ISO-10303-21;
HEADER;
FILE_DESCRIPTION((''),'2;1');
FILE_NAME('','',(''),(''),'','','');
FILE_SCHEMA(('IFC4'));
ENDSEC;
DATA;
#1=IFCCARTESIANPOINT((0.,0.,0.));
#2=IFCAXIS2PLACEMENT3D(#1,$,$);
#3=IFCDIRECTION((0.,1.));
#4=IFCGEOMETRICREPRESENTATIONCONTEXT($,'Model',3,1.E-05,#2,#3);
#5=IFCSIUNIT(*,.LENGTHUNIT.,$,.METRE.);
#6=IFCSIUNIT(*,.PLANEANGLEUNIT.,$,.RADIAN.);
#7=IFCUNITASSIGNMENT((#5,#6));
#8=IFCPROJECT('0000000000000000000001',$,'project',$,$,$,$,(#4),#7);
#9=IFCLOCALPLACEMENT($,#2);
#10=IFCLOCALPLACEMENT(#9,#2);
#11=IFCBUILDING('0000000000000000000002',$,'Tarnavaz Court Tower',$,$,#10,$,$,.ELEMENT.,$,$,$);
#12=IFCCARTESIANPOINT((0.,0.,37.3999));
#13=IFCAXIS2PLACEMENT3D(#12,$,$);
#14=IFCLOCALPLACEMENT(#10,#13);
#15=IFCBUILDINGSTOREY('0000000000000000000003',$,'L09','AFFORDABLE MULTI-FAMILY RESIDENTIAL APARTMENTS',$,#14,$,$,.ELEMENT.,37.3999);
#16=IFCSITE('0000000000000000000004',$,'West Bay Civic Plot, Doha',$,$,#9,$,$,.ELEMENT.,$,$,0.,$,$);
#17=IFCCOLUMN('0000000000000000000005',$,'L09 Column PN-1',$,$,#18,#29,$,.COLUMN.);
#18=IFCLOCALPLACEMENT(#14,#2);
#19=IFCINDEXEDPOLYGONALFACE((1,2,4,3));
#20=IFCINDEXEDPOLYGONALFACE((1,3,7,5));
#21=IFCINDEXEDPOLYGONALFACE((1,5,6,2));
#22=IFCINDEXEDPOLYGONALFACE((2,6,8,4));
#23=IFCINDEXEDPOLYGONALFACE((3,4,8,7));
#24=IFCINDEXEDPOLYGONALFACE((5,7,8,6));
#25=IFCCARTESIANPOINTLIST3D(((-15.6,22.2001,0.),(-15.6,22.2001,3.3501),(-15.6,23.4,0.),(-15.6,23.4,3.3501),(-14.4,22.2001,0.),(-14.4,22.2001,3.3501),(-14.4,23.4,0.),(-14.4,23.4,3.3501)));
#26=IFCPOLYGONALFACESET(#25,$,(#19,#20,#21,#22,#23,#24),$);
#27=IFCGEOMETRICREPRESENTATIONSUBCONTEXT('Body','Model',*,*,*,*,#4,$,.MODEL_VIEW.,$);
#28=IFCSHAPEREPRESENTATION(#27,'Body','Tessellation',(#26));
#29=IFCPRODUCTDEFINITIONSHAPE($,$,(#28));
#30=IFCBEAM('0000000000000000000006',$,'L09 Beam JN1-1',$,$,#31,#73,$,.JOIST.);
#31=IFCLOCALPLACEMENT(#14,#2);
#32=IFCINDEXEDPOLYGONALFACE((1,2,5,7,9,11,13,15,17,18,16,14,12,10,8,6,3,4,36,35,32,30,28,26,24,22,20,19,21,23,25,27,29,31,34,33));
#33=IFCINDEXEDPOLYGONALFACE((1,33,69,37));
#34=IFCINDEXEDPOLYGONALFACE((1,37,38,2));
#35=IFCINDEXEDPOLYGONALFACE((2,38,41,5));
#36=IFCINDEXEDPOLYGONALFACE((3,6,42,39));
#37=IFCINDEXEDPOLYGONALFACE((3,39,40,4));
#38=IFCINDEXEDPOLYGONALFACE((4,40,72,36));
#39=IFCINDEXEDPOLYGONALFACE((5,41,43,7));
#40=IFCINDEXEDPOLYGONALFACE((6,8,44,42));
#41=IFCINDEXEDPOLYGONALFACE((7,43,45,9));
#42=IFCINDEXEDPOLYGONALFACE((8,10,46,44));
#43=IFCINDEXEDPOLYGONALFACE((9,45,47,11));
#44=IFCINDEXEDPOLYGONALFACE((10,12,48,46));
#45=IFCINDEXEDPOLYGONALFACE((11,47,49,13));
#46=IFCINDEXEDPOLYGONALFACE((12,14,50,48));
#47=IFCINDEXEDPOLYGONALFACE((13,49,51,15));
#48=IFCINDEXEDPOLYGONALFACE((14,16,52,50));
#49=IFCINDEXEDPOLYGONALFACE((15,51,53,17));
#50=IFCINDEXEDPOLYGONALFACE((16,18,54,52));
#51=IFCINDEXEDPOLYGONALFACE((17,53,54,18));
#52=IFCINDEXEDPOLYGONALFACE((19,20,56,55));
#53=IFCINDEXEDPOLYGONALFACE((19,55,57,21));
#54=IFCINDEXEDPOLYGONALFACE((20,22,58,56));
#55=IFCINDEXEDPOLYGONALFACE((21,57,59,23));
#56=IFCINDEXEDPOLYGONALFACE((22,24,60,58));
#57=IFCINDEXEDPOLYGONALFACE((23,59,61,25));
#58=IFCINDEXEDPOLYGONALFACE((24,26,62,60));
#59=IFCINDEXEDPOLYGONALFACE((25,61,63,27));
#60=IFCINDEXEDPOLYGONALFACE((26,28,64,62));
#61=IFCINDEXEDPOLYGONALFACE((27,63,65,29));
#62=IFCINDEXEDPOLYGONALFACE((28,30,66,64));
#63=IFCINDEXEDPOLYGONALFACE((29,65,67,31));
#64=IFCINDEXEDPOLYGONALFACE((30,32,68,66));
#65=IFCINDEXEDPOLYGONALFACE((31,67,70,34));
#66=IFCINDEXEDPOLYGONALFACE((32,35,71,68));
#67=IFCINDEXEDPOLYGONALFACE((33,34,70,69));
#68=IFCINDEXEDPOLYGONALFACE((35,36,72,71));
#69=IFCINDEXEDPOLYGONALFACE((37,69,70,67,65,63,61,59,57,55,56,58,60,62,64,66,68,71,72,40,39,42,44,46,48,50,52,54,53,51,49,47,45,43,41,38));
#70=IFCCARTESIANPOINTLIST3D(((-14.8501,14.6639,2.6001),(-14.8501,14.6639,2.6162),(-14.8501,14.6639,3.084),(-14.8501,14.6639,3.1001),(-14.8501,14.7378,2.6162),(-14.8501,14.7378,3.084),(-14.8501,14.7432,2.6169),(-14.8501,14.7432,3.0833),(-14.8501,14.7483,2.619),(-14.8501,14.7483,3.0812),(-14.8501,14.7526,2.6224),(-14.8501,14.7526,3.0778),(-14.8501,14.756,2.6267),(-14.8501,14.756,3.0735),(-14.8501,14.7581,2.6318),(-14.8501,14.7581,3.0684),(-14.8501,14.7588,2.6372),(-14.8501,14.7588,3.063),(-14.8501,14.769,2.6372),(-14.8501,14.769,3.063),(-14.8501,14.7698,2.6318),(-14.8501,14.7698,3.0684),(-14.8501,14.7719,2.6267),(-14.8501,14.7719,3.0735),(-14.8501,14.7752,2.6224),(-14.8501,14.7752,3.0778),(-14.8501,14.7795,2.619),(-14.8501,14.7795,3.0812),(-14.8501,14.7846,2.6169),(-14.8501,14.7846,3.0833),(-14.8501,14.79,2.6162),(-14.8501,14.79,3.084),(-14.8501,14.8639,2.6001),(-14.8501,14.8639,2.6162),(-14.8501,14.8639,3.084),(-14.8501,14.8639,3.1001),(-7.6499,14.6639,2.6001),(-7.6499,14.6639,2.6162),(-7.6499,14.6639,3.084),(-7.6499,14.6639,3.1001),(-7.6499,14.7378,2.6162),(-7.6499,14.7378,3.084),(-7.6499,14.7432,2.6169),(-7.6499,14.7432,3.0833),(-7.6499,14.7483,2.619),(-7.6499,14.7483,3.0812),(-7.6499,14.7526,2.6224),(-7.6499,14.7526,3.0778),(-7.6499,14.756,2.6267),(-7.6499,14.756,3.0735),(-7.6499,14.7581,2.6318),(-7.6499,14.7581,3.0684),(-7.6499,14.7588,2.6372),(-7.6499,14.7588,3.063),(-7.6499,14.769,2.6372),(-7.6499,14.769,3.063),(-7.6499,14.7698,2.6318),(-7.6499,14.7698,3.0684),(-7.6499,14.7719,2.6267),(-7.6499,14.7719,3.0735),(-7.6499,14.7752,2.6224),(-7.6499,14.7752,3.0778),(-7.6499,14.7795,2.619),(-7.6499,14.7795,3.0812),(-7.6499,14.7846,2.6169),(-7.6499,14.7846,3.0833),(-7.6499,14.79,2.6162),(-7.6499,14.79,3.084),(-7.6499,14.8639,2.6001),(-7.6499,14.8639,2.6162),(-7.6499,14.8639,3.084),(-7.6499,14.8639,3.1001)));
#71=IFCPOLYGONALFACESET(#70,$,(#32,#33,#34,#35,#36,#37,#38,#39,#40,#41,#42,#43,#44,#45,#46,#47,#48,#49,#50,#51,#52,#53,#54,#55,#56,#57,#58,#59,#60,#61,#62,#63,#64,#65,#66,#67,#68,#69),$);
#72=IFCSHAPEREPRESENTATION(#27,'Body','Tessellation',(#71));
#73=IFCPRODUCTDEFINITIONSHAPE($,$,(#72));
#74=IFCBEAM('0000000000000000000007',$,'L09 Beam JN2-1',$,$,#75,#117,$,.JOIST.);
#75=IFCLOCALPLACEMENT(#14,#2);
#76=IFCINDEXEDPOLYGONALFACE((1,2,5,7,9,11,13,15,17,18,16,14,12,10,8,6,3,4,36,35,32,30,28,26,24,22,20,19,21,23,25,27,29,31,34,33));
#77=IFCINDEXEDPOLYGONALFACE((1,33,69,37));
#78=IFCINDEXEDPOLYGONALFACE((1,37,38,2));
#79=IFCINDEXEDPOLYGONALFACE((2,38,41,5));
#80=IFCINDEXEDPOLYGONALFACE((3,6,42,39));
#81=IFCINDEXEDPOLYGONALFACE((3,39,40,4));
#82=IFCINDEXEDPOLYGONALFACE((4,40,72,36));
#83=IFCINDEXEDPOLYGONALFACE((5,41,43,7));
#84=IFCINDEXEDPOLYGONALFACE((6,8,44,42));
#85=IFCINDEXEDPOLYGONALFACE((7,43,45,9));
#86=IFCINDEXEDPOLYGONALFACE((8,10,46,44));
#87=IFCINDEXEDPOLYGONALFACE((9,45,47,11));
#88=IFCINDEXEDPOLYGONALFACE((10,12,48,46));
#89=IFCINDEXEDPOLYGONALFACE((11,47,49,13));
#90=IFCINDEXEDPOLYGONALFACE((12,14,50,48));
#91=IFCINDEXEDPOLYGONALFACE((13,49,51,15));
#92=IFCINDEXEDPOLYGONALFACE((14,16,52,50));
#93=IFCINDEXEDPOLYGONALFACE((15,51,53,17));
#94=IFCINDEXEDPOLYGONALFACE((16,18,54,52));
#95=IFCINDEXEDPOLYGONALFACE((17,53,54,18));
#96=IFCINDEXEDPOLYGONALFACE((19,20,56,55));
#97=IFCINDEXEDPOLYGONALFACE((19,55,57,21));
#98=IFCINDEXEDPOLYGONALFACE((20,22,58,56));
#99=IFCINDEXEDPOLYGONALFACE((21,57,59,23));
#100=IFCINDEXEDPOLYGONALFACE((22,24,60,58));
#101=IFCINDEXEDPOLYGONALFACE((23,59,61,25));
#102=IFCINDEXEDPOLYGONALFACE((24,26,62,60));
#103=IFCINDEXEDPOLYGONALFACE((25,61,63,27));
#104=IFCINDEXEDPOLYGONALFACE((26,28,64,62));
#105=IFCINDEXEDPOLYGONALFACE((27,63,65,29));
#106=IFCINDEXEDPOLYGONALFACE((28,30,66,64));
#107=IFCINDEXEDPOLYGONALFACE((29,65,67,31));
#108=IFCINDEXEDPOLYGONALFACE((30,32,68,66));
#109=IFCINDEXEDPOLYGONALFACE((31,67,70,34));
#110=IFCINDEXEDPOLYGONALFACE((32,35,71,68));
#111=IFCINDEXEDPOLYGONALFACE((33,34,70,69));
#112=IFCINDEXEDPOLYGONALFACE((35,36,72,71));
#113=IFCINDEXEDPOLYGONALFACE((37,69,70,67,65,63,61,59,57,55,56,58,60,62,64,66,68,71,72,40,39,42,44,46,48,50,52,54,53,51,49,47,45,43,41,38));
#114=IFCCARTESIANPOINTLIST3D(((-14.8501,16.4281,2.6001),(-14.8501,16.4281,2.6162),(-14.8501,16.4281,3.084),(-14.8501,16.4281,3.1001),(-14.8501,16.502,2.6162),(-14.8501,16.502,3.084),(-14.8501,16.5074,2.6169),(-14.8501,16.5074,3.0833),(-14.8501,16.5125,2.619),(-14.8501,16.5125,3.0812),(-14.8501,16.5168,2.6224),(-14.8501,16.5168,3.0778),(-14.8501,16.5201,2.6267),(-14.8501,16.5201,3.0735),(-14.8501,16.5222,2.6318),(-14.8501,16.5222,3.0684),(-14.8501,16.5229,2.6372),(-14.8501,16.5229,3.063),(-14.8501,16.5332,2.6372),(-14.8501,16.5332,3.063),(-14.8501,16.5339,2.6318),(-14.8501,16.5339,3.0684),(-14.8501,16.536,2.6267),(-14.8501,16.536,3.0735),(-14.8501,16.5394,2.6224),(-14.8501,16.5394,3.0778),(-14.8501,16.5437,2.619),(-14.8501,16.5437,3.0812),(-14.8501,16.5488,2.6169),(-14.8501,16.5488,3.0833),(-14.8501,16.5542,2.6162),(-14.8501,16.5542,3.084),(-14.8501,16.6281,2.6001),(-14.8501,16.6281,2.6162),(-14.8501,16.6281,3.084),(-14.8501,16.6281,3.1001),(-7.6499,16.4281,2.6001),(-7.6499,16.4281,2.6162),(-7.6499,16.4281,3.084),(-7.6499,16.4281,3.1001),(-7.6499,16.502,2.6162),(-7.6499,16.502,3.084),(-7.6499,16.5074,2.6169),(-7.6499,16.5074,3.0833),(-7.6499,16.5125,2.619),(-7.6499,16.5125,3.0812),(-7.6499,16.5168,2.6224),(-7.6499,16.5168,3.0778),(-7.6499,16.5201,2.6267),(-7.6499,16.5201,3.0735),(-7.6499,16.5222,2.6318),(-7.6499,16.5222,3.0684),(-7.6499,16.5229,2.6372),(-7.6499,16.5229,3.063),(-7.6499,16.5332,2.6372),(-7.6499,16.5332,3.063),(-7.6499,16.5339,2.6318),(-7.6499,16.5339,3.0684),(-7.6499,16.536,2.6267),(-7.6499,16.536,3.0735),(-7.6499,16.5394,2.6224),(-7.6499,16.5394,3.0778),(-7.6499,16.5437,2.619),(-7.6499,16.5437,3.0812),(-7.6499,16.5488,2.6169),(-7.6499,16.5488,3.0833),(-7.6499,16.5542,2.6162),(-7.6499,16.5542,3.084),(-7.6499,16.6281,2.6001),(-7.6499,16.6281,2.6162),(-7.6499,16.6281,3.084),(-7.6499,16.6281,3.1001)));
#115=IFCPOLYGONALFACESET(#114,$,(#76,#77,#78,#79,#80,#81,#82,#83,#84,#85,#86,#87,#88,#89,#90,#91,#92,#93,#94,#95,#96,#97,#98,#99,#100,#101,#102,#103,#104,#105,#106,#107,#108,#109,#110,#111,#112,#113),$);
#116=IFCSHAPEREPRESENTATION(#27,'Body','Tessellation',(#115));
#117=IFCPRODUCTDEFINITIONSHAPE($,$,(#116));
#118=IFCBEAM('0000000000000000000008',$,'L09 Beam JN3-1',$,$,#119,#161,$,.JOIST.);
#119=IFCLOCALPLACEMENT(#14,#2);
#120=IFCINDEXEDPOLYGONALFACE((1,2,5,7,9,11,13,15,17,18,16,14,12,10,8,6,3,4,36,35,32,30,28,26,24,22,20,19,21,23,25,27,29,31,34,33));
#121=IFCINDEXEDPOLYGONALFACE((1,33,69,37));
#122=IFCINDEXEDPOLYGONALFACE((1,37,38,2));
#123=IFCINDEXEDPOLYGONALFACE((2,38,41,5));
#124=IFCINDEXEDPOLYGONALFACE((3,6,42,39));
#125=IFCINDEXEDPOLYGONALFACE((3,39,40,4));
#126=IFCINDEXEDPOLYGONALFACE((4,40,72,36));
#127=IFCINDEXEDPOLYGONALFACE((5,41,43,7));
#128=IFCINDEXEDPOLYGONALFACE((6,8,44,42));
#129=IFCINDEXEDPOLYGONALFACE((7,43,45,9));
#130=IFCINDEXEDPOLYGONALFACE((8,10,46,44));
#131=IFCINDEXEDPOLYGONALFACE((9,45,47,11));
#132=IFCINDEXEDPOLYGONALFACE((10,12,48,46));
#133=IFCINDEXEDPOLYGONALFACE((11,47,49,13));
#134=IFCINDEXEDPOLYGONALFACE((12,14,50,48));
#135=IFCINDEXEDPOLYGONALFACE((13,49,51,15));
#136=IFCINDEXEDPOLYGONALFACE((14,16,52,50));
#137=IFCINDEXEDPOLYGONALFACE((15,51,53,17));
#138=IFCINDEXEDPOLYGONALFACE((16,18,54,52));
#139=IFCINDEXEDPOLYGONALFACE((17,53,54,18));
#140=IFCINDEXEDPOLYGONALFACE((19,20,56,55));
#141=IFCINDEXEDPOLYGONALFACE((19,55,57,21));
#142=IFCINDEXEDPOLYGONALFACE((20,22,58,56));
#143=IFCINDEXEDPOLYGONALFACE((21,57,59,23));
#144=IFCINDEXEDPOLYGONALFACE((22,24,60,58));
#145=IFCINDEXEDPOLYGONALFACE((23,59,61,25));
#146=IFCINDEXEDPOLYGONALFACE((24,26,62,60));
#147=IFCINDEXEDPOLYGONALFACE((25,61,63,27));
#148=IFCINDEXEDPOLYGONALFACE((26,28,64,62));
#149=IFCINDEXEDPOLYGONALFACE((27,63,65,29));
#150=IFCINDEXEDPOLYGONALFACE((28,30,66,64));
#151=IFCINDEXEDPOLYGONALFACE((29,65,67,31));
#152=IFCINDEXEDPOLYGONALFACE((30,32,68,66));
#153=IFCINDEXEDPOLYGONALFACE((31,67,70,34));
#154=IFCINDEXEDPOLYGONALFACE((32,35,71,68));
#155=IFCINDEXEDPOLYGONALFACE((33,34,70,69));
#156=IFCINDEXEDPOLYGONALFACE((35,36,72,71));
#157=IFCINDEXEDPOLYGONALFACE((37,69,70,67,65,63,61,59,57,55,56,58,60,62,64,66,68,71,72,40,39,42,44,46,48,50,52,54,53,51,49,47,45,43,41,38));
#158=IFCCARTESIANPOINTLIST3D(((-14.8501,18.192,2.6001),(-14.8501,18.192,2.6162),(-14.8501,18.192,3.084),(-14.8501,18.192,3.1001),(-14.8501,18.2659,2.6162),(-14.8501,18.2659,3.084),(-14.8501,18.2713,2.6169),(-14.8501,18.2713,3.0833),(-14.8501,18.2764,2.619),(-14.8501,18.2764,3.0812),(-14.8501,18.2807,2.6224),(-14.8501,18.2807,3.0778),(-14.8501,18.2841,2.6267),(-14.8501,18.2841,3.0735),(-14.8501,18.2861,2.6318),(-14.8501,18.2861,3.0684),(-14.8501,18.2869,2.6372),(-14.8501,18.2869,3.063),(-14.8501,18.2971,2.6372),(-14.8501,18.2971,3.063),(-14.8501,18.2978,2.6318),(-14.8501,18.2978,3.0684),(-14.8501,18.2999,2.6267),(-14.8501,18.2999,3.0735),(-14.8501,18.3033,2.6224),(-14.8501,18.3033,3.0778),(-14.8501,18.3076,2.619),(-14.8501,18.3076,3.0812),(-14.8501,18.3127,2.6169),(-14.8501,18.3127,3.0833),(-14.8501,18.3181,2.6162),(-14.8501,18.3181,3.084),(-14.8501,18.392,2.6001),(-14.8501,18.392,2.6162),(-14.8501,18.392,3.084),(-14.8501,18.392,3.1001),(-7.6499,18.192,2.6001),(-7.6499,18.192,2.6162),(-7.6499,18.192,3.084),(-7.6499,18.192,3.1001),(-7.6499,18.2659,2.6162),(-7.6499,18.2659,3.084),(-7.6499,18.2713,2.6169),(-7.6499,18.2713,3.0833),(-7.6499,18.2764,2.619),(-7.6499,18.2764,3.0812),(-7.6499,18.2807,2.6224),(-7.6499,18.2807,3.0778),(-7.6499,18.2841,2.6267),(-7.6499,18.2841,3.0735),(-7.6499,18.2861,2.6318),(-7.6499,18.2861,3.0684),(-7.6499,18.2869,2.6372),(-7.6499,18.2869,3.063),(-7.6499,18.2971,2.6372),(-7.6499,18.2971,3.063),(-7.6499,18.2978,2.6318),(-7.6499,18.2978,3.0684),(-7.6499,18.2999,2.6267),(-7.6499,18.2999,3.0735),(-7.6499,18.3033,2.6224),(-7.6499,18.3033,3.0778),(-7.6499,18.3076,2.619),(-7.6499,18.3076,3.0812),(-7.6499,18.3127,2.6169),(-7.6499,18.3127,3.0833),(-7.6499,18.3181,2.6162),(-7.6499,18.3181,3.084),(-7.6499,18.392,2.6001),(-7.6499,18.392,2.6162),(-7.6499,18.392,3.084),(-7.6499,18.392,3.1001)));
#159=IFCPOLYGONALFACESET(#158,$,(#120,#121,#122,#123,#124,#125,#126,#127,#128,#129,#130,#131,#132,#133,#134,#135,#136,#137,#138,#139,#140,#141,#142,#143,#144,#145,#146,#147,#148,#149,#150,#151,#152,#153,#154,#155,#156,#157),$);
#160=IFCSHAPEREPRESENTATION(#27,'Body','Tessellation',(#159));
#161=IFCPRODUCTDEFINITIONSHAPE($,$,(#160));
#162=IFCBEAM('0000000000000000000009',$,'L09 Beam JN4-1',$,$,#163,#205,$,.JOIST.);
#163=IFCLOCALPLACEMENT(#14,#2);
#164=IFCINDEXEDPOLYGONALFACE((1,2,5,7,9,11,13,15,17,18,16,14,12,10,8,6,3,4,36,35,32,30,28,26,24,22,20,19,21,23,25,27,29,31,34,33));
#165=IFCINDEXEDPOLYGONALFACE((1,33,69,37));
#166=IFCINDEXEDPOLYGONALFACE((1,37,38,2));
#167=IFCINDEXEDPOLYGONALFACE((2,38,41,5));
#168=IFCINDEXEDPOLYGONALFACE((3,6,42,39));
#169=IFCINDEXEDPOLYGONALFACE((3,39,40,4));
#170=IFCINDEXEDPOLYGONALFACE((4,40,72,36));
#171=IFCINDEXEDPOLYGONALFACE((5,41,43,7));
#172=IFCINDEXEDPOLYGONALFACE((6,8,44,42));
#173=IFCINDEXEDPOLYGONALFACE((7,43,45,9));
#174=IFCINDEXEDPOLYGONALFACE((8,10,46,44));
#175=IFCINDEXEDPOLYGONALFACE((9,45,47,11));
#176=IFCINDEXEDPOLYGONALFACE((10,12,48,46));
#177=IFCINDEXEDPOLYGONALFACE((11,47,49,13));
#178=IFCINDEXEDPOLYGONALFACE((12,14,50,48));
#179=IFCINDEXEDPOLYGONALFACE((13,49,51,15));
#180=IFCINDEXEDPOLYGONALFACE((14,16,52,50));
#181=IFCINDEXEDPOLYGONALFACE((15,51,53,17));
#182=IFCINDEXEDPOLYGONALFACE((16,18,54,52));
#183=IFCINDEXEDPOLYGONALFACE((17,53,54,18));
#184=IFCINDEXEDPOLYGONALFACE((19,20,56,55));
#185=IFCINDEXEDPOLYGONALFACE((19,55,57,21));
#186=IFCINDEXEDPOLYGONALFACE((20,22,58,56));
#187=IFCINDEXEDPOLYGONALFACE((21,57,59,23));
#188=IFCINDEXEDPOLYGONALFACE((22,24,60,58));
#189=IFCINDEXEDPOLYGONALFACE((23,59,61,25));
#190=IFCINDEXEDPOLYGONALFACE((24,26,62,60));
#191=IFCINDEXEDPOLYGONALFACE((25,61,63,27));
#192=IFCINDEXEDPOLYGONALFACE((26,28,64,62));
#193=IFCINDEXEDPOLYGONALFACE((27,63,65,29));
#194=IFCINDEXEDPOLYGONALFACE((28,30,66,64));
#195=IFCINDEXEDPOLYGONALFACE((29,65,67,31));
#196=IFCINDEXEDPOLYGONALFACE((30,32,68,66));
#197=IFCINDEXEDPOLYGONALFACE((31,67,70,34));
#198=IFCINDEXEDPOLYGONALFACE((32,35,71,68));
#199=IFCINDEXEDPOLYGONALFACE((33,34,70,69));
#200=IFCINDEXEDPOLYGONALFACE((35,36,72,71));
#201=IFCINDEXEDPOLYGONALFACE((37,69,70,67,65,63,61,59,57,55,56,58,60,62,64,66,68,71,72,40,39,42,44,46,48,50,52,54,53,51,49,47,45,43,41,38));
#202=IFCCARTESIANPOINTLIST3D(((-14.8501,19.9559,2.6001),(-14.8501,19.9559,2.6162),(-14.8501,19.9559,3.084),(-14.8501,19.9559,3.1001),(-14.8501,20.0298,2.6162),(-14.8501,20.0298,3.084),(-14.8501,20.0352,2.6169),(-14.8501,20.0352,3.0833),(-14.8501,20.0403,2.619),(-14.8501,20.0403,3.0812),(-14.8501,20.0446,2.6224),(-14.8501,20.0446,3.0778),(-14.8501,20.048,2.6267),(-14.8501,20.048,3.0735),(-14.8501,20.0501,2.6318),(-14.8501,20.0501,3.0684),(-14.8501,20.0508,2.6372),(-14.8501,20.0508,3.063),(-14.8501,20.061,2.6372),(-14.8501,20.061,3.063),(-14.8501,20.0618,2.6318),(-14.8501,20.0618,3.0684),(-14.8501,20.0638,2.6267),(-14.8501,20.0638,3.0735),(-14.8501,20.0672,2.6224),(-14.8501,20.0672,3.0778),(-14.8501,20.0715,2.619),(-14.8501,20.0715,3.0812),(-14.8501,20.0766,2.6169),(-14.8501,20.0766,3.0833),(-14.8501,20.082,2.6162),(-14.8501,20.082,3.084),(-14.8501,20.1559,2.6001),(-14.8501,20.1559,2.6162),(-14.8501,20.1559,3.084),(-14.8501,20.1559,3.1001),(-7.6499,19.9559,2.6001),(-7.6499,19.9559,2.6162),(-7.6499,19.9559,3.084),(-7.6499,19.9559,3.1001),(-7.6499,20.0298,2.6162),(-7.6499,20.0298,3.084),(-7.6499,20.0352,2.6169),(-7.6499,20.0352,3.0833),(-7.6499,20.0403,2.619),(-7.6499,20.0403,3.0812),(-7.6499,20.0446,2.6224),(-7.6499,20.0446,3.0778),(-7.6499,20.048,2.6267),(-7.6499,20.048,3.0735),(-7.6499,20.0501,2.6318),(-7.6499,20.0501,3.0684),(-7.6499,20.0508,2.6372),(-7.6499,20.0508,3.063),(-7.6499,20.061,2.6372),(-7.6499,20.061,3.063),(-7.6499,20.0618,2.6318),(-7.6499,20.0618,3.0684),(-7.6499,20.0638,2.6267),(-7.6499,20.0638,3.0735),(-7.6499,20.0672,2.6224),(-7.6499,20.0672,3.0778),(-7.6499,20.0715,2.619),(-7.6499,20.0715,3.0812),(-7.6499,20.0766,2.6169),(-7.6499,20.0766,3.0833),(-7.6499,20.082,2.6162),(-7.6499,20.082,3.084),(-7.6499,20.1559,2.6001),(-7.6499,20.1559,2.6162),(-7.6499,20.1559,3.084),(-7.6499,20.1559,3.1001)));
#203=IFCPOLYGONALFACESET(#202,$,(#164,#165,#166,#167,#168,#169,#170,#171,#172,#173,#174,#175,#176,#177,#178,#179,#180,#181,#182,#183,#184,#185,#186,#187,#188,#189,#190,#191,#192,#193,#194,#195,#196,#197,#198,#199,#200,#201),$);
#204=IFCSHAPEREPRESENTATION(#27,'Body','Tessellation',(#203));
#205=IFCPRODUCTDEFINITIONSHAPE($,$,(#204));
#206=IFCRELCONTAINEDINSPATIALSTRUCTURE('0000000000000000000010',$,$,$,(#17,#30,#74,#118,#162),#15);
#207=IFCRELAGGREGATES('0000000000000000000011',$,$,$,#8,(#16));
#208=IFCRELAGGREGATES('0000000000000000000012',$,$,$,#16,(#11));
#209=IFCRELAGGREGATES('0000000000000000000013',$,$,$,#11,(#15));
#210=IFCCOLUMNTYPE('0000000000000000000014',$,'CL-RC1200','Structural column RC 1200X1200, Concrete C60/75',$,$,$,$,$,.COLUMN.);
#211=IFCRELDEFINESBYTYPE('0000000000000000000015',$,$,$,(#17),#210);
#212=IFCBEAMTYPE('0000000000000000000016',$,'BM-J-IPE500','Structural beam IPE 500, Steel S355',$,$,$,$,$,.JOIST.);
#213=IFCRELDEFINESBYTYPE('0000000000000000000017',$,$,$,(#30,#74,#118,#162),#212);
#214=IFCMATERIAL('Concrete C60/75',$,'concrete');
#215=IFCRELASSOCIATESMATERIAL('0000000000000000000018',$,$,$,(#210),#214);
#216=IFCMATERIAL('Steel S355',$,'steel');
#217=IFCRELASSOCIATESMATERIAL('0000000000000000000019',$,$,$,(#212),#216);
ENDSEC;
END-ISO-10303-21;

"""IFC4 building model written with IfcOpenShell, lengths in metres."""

from ifc_helpers import new_model, si_unit, direction, frame, origin, origin_2d, place, context, subcontext, project, spatial, rectangle, i_section, extrude, material, material_profile, profile_set, type_object, element, save


model = new_model("IFC4")

# Units and contexts
model_context = context("Model", 3, precision=1e-05, world=origin(), true_north=direction((0.0, 1.0)))
body_context = subcontext(model_context, "Body", "Model", "MODEL_VIEW")
ifc_project = project(units=[si_unit("LENGTHUNIT", "METRE"), si_unit("PLANEANGLEUNIT", "RADIAN")], contexts=[model_context])

# Site, building, storey
site_placement = place(None, origin())
site = spatial("IfcSite", under=ifc_project, at=site_placement, Name="West Bay Civic Plot, Doha", CompositionType="ELEMENT", RefElevation=0.0)
building_placement = place(site_placement, origin())
building = spatial("IfcBuilding", under=site, at=building_placement, Name="Tarnavaz Court Tower", CompositionType="ELEMENT")
storey_placement = place(building_placement, frame((0.0, 0.0, 37.3999)))
storey = spatial("IfcBuildingStorey", under=building, at=storey_placement, Name="L09", Description="AFFORDABLE MULTI-FAMILY RESIDENTIAL APARTMENTS", CompositionType="ELEMENT", Elevation=37.3999)

# Column
ifc_material_1 = material(Name="Concrete C60/75", Category="concrete")
ifc_material_profile_1 = material_profile(ifc_material_1, rectangle(XDim=1.2, YDim=1.2, at=origin_2d()), Name="RC 1200X1200")
ifc_profile_set_1 = profile_set([ifc_material_profile_1], Name="Concrete C60/75")
column_type = type_object("IfcColumnType", Name="CL-RC1200", Description="Structural column RC 1200X1200, Concrete C60/75", PredefinedType="COLUMN", material=ifc_profile_set_1)
column_placement = place(storey_placement, frame((-15.0, 22.8, 0.0), z_axis=(0.0, 0.0, 1.0), x_axis=(1.0, 0.0, 0.0)))
element("IfcColumn", 1, at=column_placement, inside=storey, type_object=column_type, Name="L09 Column PN-1", PredefinedType="COLUMN", context=body_context, shape_type="SweptSolid", body=[
    extrude(rectangle(XDim=1.2, YDim=1.2, at=origin_2d()), origin(), (0.0, 0.0, 1.0), 3.3501),
])

# Beams
ifc_material_2 = material(Name="Steel S355", Category="steel")
ifc_material_profile_2 = material_profile(ifc_material_2, i_section(OverallWidth=0.2, OverallDepth=0.5, WebThickness=0.0103, FlangeThickness=0.0161, FilletRadius=0.021, at=origin_2d()), Name="IPE 500")
ifc_profile_set_2 = profile_set([ifc_material_profile_2], Name="Steel S355")
beam_type_1 = type_object("IfcBeamType", Name="BM-J-IPE500", Description="Structural beam IPE 500, Steel S355", PredefinedType="JOIST", material=ifc_profile_set_2)
for number, where, z_axis, x_axis, name in (
    (2, (-14.8501, 14.7639, 2.8501), (1.0, 0.0, 0.0), (0.0, 1.0, 0.0), "L09 Beam JN1-1"),
    (3, (-14.8501, 16.5281, 2.8501), (1.0, 0.0, 0.0), (0.0, 1.0, 0.0), "L09 Beam JN2-1"),
    (4, (-14.8501, 18.292, 2.8501), (1.0, 0.0, 0.0), (0.0, 1.0, 0.0), "L09 Beam JN3-1"),
    (5, (-14.8501, 20.0559, 2.8501), (1.0, 0.0, 0.0), (0.0, 1.0, 0.0), "L09 Beam JN4-1"),
):
    element("IfcBeam", number, at=place(storey_placement, frame(where, z_axis=z_axis, x_axis=x_axis)), inside=storey, type_object=beam_type_1, Name=name, PredefinedType="JOIST", context=body_context, shape_type="SweptSolid", body=[
        extrude(i_section(OverallWidth=0.2, OverallDepth=0.5, WebThickness=0.0103, FlangeThickness=0.0161, FilletRadius=0.021, at=origin_2d()), origin(), (0.0, 0.0, 1.0), 7.2002),
    ])

save(model, "model.ifc")
